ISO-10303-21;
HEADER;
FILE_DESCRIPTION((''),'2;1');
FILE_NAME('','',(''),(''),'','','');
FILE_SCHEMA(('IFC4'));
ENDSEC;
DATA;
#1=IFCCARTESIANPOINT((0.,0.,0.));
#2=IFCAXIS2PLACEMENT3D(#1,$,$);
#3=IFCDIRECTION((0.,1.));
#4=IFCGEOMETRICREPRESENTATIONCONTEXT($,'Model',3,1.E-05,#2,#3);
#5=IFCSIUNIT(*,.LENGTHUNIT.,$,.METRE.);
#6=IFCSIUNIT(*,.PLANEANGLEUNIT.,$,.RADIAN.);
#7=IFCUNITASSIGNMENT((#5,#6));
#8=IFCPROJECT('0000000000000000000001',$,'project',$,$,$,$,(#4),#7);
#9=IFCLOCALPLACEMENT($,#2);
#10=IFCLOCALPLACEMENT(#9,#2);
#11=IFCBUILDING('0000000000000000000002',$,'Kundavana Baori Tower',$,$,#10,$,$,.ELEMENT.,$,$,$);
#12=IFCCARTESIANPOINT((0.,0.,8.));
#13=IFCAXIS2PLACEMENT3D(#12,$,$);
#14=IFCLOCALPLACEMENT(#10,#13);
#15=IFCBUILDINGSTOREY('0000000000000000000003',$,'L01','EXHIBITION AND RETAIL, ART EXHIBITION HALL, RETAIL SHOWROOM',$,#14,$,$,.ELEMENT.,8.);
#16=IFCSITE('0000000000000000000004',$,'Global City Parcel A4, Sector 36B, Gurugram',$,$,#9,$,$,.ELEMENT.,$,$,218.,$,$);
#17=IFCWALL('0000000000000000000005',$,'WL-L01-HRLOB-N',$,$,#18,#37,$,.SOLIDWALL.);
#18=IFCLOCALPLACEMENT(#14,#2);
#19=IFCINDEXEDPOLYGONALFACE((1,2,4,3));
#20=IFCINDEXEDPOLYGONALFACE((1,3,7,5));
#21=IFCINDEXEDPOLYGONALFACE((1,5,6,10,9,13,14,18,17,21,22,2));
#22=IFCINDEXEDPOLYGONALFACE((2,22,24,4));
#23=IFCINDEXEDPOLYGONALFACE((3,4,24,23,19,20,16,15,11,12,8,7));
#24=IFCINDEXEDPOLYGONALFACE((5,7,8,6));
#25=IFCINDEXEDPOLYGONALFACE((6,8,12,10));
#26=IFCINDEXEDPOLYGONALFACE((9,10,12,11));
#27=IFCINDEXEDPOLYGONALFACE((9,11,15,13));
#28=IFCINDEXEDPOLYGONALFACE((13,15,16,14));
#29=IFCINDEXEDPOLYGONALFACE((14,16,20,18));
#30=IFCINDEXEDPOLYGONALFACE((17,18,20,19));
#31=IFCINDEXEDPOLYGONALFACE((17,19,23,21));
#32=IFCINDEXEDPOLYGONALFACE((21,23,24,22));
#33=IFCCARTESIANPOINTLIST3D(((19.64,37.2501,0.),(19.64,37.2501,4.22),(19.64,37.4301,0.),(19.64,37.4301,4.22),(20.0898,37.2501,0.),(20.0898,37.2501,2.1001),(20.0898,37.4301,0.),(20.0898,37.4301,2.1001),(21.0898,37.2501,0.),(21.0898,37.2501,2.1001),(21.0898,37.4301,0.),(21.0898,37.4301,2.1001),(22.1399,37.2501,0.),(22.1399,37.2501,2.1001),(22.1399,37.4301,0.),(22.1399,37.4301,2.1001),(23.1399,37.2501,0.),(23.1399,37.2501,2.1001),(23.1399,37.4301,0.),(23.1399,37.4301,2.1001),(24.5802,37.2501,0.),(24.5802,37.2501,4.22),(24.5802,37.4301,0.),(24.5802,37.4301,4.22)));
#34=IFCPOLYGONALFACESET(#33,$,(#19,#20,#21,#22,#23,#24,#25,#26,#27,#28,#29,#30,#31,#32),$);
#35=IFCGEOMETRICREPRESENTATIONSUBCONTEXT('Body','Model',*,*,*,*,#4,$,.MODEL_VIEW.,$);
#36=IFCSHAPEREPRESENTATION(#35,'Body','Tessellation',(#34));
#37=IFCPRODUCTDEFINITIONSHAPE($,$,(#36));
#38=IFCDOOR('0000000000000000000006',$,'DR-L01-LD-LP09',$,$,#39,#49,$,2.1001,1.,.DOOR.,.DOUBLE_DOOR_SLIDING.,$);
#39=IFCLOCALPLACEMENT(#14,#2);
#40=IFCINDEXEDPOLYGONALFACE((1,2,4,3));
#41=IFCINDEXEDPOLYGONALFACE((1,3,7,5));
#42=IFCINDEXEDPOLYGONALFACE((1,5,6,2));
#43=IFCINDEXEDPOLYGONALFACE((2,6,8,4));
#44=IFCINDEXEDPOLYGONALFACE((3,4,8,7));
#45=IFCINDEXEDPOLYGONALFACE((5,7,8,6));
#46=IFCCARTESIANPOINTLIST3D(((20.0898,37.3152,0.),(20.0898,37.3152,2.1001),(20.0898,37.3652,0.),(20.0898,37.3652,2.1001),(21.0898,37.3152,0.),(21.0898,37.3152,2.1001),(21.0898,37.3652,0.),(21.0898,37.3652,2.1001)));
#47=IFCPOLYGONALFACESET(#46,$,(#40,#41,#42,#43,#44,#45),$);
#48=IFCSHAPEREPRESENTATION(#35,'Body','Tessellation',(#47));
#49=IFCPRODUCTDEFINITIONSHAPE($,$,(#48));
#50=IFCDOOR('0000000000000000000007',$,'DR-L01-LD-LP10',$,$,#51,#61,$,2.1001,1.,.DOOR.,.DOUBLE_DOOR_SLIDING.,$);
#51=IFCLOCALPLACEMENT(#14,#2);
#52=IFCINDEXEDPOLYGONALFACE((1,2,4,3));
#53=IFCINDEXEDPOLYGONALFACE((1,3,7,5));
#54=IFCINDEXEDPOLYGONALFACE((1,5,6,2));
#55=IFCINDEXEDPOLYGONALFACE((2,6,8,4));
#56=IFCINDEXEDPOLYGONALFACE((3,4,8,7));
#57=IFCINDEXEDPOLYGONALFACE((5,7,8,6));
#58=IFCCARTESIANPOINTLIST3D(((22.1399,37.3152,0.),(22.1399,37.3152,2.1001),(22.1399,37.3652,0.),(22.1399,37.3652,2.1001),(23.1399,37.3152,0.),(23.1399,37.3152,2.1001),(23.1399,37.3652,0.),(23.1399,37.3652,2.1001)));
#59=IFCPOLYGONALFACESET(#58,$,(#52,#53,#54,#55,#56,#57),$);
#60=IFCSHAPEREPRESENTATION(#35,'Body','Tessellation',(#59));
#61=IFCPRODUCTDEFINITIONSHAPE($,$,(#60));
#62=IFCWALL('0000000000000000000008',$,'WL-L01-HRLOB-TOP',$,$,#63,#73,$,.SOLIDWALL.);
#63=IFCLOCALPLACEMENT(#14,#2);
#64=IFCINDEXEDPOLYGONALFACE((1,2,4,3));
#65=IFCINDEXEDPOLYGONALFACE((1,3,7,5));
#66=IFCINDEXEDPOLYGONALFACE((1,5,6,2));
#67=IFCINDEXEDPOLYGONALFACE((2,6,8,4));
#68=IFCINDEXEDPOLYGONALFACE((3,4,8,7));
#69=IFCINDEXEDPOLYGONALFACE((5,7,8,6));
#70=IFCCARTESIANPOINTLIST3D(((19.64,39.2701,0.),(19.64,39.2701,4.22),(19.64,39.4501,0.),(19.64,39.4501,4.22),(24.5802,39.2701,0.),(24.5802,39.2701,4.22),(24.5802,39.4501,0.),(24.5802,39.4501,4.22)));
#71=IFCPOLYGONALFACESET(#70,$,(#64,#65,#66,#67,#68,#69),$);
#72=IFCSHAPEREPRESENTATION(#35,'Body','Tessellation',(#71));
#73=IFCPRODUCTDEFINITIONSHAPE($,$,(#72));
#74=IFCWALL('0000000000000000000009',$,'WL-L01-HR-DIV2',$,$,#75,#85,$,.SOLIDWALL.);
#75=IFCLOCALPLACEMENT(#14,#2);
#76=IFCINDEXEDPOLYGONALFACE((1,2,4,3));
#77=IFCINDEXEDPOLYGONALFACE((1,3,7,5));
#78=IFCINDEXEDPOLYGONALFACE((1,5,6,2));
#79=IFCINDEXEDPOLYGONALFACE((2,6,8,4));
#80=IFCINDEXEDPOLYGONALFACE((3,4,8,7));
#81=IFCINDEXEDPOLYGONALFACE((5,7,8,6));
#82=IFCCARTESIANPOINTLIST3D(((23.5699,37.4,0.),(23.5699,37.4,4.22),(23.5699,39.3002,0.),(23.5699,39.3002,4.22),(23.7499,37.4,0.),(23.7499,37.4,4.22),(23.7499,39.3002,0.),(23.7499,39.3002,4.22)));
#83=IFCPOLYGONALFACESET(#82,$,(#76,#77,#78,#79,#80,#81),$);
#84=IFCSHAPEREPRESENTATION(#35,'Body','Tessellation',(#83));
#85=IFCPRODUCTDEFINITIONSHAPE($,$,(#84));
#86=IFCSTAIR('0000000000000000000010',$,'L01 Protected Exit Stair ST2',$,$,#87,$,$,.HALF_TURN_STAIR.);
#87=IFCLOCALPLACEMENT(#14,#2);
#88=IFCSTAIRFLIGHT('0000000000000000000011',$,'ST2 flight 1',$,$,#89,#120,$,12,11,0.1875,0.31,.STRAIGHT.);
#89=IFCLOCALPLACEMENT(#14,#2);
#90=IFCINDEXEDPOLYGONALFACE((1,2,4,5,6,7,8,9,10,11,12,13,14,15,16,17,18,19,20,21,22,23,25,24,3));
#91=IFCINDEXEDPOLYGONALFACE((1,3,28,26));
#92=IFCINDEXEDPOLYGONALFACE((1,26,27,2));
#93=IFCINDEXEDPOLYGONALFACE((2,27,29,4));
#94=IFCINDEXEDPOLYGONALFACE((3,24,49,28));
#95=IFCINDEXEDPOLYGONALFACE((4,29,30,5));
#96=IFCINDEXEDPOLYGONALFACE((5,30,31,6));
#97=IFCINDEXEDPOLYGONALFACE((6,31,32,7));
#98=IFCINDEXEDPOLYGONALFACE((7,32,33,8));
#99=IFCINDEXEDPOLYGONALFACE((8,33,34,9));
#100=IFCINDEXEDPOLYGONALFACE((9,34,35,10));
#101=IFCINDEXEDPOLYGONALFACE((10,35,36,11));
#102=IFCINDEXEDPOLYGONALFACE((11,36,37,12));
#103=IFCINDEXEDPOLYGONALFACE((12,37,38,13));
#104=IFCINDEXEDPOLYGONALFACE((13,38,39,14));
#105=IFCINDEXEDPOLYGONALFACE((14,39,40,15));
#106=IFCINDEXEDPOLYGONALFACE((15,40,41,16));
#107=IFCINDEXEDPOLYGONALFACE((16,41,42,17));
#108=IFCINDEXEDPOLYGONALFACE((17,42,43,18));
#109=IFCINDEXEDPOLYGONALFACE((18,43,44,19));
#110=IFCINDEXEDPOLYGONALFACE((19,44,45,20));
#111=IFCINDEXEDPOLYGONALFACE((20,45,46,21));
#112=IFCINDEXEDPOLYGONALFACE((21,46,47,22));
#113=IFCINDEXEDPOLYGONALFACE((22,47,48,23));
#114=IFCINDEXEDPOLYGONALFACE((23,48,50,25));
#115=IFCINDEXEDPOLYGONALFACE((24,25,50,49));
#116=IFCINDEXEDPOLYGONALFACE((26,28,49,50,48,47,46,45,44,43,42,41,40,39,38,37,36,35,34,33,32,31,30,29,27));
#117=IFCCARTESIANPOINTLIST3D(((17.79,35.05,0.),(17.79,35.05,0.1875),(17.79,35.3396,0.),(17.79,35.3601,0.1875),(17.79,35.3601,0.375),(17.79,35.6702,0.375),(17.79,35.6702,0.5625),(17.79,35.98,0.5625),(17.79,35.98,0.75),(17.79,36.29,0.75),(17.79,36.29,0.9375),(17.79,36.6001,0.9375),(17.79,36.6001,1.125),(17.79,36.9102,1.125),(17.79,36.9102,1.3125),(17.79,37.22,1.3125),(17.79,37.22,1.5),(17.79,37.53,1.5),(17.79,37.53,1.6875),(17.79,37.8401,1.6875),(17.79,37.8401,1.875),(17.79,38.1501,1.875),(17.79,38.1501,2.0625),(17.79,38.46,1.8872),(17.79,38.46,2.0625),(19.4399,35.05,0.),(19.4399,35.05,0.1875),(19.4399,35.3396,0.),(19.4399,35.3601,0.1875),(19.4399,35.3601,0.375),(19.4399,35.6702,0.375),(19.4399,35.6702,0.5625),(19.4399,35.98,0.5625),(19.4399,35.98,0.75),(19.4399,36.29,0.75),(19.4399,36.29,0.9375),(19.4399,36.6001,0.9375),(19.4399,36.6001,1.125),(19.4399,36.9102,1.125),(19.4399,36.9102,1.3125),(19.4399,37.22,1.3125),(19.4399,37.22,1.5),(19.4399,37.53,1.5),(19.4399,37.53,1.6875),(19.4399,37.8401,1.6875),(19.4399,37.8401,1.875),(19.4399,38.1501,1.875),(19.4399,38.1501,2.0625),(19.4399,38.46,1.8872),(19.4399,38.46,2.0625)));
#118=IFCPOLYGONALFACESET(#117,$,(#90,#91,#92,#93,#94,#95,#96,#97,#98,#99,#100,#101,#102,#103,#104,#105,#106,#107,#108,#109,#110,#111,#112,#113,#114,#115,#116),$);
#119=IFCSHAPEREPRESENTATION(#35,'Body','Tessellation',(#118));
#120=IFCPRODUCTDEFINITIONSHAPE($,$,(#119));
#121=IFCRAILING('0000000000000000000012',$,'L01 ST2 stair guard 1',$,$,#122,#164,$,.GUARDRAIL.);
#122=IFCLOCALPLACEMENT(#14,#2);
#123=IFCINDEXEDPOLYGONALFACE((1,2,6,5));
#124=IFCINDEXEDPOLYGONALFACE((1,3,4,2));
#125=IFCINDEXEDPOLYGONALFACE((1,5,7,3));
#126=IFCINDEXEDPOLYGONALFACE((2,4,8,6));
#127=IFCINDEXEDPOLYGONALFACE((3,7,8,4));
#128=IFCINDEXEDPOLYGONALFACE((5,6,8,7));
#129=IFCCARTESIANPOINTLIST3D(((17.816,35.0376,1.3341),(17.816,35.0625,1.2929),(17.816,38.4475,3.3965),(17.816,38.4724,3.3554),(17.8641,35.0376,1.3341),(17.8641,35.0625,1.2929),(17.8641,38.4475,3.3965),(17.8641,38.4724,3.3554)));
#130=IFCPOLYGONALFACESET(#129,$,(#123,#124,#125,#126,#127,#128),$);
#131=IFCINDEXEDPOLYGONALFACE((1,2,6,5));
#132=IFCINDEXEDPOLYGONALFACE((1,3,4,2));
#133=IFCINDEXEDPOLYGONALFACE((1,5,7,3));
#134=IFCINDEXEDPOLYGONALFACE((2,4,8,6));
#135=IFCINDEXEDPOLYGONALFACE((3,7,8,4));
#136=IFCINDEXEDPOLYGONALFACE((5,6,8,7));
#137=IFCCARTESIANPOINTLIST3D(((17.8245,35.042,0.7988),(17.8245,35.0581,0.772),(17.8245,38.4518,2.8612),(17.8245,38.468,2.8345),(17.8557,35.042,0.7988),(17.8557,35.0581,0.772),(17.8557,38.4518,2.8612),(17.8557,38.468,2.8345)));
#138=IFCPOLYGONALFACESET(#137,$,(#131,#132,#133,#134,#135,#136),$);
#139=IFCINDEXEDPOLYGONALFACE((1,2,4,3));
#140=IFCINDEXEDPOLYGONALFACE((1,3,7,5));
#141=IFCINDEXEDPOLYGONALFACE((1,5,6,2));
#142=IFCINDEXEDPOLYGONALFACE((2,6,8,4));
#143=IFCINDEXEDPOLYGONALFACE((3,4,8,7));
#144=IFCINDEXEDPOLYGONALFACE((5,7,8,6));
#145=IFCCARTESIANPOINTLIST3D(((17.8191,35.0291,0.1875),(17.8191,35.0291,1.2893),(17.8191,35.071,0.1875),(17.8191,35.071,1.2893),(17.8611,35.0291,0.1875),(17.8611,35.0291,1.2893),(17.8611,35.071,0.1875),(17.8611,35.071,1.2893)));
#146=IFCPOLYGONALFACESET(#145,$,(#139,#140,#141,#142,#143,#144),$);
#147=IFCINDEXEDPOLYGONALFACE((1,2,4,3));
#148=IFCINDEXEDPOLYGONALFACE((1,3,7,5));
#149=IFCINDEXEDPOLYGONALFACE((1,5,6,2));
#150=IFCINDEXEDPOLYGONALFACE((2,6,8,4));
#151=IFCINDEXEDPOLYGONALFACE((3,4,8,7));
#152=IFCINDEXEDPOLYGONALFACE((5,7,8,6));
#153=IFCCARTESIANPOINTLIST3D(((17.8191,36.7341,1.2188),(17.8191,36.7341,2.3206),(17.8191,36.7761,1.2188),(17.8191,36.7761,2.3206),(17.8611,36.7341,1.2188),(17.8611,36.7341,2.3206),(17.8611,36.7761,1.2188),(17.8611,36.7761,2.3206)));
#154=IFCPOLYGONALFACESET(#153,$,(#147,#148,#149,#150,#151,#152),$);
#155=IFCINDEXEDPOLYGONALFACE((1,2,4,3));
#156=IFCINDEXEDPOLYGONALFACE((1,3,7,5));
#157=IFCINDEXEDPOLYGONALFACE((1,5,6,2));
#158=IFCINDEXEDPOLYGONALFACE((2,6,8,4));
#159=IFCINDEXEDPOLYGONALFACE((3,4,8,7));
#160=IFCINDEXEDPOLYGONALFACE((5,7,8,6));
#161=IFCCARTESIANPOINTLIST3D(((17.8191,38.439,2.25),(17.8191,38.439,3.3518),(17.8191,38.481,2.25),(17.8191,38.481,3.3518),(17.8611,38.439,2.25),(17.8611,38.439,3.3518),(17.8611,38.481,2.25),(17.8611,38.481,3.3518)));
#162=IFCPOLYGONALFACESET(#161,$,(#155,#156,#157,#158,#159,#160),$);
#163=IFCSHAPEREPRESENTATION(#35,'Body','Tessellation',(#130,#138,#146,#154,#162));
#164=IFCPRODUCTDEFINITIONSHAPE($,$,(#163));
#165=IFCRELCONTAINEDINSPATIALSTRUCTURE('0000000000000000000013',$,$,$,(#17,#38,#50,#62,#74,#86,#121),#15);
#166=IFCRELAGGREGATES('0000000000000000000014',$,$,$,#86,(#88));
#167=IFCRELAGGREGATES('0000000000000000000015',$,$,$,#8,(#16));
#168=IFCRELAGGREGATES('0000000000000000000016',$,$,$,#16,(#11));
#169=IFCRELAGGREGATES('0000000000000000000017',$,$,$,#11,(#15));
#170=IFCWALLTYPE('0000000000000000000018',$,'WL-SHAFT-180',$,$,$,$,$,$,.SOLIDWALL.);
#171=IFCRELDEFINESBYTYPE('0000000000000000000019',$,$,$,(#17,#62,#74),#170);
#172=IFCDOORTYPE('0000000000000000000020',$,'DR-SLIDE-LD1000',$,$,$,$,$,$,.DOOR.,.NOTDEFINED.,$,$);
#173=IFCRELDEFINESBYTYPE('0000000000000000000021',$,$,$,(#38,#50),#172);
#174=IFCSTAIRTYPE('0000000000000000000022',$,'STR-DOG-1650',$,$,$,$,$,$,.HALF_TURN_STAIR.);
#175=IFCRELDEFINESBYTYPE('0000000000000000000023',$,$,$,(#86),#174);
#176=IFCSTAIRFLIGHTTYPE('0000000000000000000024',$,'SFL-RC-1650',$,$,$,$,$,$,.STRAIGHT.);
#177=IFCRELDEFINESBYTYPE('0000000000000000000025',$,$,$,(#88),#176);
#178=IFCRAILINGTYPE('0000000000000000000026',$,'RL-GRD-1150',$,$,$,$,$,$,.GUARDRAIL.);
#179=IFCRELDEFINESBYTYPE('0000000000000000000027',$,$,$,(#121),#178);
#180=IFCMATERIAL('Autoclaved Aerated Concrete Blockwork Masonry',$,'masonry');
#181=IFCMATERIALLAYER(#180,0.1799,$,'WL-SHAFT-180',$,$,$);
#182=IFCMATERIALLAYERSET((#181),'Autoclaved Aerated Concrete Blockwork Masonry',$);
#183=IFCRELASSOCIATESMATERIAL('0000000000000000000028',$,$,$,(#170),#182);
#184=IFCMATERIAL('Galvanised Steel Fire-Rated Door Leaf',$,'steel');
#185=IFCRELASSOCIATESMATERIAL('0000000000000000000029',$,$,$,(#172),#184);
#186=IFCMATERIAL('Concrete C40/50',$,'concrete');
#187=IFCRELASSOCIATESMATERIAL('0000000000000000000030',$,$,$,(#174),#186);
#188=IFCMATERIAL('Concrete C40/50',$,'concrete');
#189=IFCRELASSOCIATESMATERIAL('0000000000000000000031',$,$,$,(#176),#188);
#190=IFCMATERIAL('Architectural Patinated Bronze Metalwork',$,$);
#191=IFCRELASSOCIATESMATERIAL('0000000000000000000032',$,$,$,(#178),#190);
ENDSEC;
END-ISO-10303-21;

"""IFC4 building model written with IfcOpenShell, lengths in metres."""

from ifc_helpers import new_model, si_unit, direction, frame, frame_2d, origin, origin_2d, place, context, subcontext, project, spatial, polyline, rectangle, outline, extrude, material, layer, layer_set, type_object, element, fill, aggregate, save


model = new_model("IFC4")

# Units and contexts
model_context = context("Model", 3, precision=1e-05, world=origin(), true_north=direction((0.0, 1.0)))
body_context = subcontext(model_context, "Body", "Model", "MODEL_VIEW")
ifc_project = project(units=[si_unit("LENGTHUNIT", "METRE"), si_unit("PLANEANGLEUNIT", "RADIAN")], contexts=[model_context])

# Site, building, storey
site_placement = place(None, origin())
site = spatial("IfcSite", under=ifc_project, at=site_placement, Name="Global City Parcel A4, Sector 36B, Gurugram", CompositionType="ELEMENT", RefElevation=218.0)
building_placement = place(site_placement, origin())
building = spatial("IfcBuilding", under=site, at=building_placement, Name="Kundavana Baori Tower", CompositionType="ELEMENT")
storey_placement = place(building_placement, frame((0.0, 0.0, 8.0)))
storey = spatial("IfcBuildingStorey", under=building, at=storey_placement, Name="L01", Description="EXHIBITION AND RETAIL, ART EXHIBITION HALL, RETAIL SHOWROOM", CompositionType="ELEMENT", Elevation=8.0)

# Shared definitions
ifc_material_1 = material(Name="Autoclaved Aerated Concrete Blockwork Masonry", Category="masonry")
ifc_layer_1 = layer(ifc_material_1, 0.1799, Name="WL-SHAFT-180")
ifc_layer_set_1 = layer_set([ifc_layer_1], Name="Autoclaved Aerated Concrete Blockwork Masonry")
wall_type_1 = type_object("IfcWallType", Name="WL-SHAFT-180", PredefinedType="SOLIDWALL", material=ifc_layer_set_1)
ifc_material_2 = material(Name="Galvanised Steel Fire-Rated Door Leaf", Category="steel")
door_type_1 = type_object("IfcDoorType", Name="DR-SLIDE-LD1000", OperationType="NOTDEFINED", PredefinedType="DOOR", material=ifc_material_2)

# Wall, openings, doors
wall_1_placement = place(storey_placement, frame((19.6399, 37.3401, 0.0), z_axis=(0.0, 0.0, 1.0), x_axis=(1.0, 0.0, 0.0)))
wall_1 = element("IfcWall", 1, at=wall_1_placement, inside=storey, type_object=wall_type_1, Name="WL-L01-HRLOB-N", PredefinedType="SOLIDWALL", context=body_context, shape_type="SweptSolid", body=[
    extrude(rectangle(XDim=4.9402, YDim=0.1799, at=frame_2d((2.4702, 0.0))), origin(), (0.0, 0.0, 1.0), 4.22),
])
opening_1_placement = place(wall_1_placement, frame((0.45, 0.0, 0.0)))
opening_1 = element("IfcOpeningElement", 2, at=opening_1_placement, cuts=wall_1, PredefinedType="OPENING", context=body_context, shape_type="SweptSolid", body=[
    extrude(rectangle(XDim=1.0, YDim=2.1001, at=frame_2d((0.5, 1.05))), frame((0.0, 0.1001, 0.0), z_axis=(0.0, -1.0, 0.0), x_axis=(1.0, 0.0, 0.0)), (0.0, 0.0, 1.0), 0.2),
])
opening_2_placement = place(wall_1_placement, frame((2.5, 0.0, 0.0)))
opening_2 = element("IfcOpeningElement", 3, at=opening_2_placement, cuts=wall_1, PredefinedType="OPENING", context=body_context, shape_type="SweptSolid", body=[
    extrude(rectangle(XDim=1.0, YDim=2.1001, at=frame_2d((0.5, 1.05))), frame((0.0, 0.1001, 0.0), z_axis=(0.0, -1.0, 0.0), x_axis=(1.0, 0.0, 0.0)), (0.0, 0.0, 1.0), 0.2),
])
door_1_placement = place(opening_1_placement, frame((1.0, 0.0, 0.0), z_axis=(0.0, 0.0, 1.0), x_axis=(-1.0, 0.0, 0.0)))
door_1 = element("IfcDoor", 4, at=door_1_placement, inside=storey, type_object=door_type_1, Name="DR-L01-LD-LP09", OperationType="DOUBLE_DOOR_SLIDING", OverallHeight=2.1001, OverallWidth=1.0, PredefinedType="DOOR", context=body_context, shape_type="SweptSolid", body=[
    extrude(rectangle(XDim=1.0, YDim=2.1001, at=frame_2d((0.5, 1.05))), frame((0.0, 0.0249, 0.0), z_axis=(0.0, -1.0, 0.0), x_axis=(1.0, 0.0, 0.0)), (0.0, 0.0, 1.0), 0.05),
])
fill(opening_1, door_1)
door_2_placement = place(opening_2_placement, frame((1.0, 0.0, 0.0), z_axis=(0.0, 0.0, 1.0), x_axis=(-1.0, 0.0, 0.0)))
door_2 = element("IfcDoor", 5, at=door_2_placement, inside=storey, type_object=door_type_1, Name="DR-L01-LD-LP10", OperationType="DOUBLE_DOOR_SLIDING", OverallHeight=2.1001, OverallWidth=1.0, PredefinedType="DOOR", context=body_context, shape_type="SweptSolid", body=[
    extrude(rectangle(XDim=1.0, YDim=2.1001, at=frame_2d((0.5, 1.05))), frame((0.0, 0.0249, 0.0), z_axis=(0.0, -1.0, 0.0), x_axis=(1.0, 0.0, 0.0)), (0.0, 0.0, 1.0), 0.05),
])
fill(opening_2, door_2)

# Walls
wall_2_placement = place(storey_placement, frame((19.6399, 39.3601, 0.0), z_axis=(0.0, 0.0, 1.0), x_axis=(1.0, 0.0, 0.0)))
element("IfcWall", 6, at=wall_2_placement, inside=storey, type_object=wall_type_1, Name="WL-L01-HRLOB-TOP", PredefinedType="SOLIDWALL", context=body_context, shape_type="SweptSolid", body=[
    extrude(rectangle(XDim=4.9402, YDim=0.1799, at=frame_2d((2.4702, 0.0))), origin(), (0.0, 0.0, 1.0), 4.22),
])
wall_3_placement = place(storey_placement, frame((23.6599, 37.3999, 0.0), z_axis=(0.0, 0.0, 1.0), x_axis=(0.0, 1.0, 0.0)))
element("IfcWall", 7, at=wall_3_placement, inside=storey, type_object=wall_type_1, Name="WL-L01-HR-DIV2", PredefinedType="SOLIDWALL", context=body_context, shape_type="SweptSolid", body=[
    extrude(rectangle(XDim=1.9001, YDim=0.1799, at=frame_2d((0.9502, 0.0))), origin(), (0.0, 0.0, 1.0), 4.22),
])

# Stair, stair flight
ifc_material_3 = material(Name="Concrete C40/50", Category="concrete")
stair_type = type_object("IfcStairType", Name="STR-DOG-1650", PredefinedType="HALF_TURN_STAIR", material=ifc_material_3)
stair_placement = place(storey_placement, origin())
stair = element("IfcStair", 8, at=stair_placement, inside=storey, type_object=stair_type, Name="L01 Protected Exit Stair ST2", PredefinedType="HALF_TURN_STAIR")
ifc_material_4 = material(Name="Concrete C40/50", Category="concrete")
stair_flight_type = type_object("IfcStairFlightType", Name="SFL-RC-1650", PredefinedType="STRAIGHT", material=ifc_material_4)
stair_flight_placement = place(storey_placement, frame((18.615, 35.05, 0.0), z_axis=(0.0, 0.0, 1.0), x_axis=(0.0, 1.0, 0.0)))
stair_flight = element("IfcStairFlight", 9, at=stair_flight_placement, type_object=stair_flight_type, Name="ST2 flight 1", NumberOfRisers=12, NumberOfTreads=11, PredefinedType="STRAIGHT", RiserHeight=0.1875, TreadLength=0.31, context=body_context, shape_type="SweptSolid", body=[
    extrude(outline(polyline([(0.0, 0.0), (0.0, 0.1875), (0.3101, 0.1875), (0.3101, 0.375), (0.6201, 0.375), (0.6201, 0.5625), (0.9299, 0.5625), (0.9299, 0.75), (1.24, 0.75), (1.24, 0.9375), (1.55, 0.9375), (1.55, 1.125), (1.8601, 1.125), (1.8601, 1.3125), (2.1699, 1.3125), (2.1699, 1.5), (2.48, 1.5), (2.48, 1.6875), (2.79, 1.6875), (2.79, 1.875), (3.1001, 1.875), (3.1001, 2.0625), (3.4099, 2.0625), (3.4099, 2.25), (3.4099, 1.8872), (0.2896, 0.0), (0.0, 0.0)])), frame((0.0, 0.825, 0.0), z_axis=(0.0, -1.0, 0.0), x_axis=(1.0, 0.0, 0.0)), (0.0, 0.0, 1.0), 1.6499),
])
aggregate(stair, [stair_flight])

# Railing
ifc_material_5 = material(Name="Architectural Patinated Bronze Metalwork")
railing_type_1 = type_object("IfcRailingType", Name="RL-GRD-1150", PredefinedType="GUARDRAIL", material=ifc_material_5)
railing_1_placement = place(storey_placement, frame((17.8401, 35.05, 0.1875)))
element("IfcRailing", 10, at=railing_1_placement, inside=storey, type_object=railing_type_1, Name="L01 ST2 stair guard 1", PredefinedType="GUARDRAIL", context=body_context, shape_type="SweptSolid", body=[
    extrude(rectangle(XDim=0.0481, YDim=0.0481, at=origin_2d()), frame((0.0, 0.0, 1.126), z_axis=(0.0, 0.855655, 0.517547), x_axis=(-1.0, 0.0, 0.0)), (0.0, 0.0, 1.0), 3.9851),
    extrude(rectangle(XDim=0.0312, YDim=0.0312, at=origin_2d()), frame((0.0, 0.0, 0.5979), z_axis=(0.0, 0.855655, 0.517547), x_axis=(-1.0, 0.0, 0.0)), (0.0, 0.0, 1.0), 3.9851),
    extrude(rectangle(XDim=0.042, YDim=0.042, at=origin_2d()), origin(), (0.0, 0.0, 1.0), 1.1018),
    extrude(rectangle(XDim=0.042, YDim=0.042, at=origin_2d()), frame((0.0, 1.7051, 1.0312)), (0.0, 0.0, 1.0), 1.1018),
    extrude(rectangle(XDim=0.042, YDim=0.042, at=origin_2d()), frame((0.0, 3.4099, 2.0625)), (0.0, 0.0, 1.0), 1.1018),
])

save(model, "model.ifc")
